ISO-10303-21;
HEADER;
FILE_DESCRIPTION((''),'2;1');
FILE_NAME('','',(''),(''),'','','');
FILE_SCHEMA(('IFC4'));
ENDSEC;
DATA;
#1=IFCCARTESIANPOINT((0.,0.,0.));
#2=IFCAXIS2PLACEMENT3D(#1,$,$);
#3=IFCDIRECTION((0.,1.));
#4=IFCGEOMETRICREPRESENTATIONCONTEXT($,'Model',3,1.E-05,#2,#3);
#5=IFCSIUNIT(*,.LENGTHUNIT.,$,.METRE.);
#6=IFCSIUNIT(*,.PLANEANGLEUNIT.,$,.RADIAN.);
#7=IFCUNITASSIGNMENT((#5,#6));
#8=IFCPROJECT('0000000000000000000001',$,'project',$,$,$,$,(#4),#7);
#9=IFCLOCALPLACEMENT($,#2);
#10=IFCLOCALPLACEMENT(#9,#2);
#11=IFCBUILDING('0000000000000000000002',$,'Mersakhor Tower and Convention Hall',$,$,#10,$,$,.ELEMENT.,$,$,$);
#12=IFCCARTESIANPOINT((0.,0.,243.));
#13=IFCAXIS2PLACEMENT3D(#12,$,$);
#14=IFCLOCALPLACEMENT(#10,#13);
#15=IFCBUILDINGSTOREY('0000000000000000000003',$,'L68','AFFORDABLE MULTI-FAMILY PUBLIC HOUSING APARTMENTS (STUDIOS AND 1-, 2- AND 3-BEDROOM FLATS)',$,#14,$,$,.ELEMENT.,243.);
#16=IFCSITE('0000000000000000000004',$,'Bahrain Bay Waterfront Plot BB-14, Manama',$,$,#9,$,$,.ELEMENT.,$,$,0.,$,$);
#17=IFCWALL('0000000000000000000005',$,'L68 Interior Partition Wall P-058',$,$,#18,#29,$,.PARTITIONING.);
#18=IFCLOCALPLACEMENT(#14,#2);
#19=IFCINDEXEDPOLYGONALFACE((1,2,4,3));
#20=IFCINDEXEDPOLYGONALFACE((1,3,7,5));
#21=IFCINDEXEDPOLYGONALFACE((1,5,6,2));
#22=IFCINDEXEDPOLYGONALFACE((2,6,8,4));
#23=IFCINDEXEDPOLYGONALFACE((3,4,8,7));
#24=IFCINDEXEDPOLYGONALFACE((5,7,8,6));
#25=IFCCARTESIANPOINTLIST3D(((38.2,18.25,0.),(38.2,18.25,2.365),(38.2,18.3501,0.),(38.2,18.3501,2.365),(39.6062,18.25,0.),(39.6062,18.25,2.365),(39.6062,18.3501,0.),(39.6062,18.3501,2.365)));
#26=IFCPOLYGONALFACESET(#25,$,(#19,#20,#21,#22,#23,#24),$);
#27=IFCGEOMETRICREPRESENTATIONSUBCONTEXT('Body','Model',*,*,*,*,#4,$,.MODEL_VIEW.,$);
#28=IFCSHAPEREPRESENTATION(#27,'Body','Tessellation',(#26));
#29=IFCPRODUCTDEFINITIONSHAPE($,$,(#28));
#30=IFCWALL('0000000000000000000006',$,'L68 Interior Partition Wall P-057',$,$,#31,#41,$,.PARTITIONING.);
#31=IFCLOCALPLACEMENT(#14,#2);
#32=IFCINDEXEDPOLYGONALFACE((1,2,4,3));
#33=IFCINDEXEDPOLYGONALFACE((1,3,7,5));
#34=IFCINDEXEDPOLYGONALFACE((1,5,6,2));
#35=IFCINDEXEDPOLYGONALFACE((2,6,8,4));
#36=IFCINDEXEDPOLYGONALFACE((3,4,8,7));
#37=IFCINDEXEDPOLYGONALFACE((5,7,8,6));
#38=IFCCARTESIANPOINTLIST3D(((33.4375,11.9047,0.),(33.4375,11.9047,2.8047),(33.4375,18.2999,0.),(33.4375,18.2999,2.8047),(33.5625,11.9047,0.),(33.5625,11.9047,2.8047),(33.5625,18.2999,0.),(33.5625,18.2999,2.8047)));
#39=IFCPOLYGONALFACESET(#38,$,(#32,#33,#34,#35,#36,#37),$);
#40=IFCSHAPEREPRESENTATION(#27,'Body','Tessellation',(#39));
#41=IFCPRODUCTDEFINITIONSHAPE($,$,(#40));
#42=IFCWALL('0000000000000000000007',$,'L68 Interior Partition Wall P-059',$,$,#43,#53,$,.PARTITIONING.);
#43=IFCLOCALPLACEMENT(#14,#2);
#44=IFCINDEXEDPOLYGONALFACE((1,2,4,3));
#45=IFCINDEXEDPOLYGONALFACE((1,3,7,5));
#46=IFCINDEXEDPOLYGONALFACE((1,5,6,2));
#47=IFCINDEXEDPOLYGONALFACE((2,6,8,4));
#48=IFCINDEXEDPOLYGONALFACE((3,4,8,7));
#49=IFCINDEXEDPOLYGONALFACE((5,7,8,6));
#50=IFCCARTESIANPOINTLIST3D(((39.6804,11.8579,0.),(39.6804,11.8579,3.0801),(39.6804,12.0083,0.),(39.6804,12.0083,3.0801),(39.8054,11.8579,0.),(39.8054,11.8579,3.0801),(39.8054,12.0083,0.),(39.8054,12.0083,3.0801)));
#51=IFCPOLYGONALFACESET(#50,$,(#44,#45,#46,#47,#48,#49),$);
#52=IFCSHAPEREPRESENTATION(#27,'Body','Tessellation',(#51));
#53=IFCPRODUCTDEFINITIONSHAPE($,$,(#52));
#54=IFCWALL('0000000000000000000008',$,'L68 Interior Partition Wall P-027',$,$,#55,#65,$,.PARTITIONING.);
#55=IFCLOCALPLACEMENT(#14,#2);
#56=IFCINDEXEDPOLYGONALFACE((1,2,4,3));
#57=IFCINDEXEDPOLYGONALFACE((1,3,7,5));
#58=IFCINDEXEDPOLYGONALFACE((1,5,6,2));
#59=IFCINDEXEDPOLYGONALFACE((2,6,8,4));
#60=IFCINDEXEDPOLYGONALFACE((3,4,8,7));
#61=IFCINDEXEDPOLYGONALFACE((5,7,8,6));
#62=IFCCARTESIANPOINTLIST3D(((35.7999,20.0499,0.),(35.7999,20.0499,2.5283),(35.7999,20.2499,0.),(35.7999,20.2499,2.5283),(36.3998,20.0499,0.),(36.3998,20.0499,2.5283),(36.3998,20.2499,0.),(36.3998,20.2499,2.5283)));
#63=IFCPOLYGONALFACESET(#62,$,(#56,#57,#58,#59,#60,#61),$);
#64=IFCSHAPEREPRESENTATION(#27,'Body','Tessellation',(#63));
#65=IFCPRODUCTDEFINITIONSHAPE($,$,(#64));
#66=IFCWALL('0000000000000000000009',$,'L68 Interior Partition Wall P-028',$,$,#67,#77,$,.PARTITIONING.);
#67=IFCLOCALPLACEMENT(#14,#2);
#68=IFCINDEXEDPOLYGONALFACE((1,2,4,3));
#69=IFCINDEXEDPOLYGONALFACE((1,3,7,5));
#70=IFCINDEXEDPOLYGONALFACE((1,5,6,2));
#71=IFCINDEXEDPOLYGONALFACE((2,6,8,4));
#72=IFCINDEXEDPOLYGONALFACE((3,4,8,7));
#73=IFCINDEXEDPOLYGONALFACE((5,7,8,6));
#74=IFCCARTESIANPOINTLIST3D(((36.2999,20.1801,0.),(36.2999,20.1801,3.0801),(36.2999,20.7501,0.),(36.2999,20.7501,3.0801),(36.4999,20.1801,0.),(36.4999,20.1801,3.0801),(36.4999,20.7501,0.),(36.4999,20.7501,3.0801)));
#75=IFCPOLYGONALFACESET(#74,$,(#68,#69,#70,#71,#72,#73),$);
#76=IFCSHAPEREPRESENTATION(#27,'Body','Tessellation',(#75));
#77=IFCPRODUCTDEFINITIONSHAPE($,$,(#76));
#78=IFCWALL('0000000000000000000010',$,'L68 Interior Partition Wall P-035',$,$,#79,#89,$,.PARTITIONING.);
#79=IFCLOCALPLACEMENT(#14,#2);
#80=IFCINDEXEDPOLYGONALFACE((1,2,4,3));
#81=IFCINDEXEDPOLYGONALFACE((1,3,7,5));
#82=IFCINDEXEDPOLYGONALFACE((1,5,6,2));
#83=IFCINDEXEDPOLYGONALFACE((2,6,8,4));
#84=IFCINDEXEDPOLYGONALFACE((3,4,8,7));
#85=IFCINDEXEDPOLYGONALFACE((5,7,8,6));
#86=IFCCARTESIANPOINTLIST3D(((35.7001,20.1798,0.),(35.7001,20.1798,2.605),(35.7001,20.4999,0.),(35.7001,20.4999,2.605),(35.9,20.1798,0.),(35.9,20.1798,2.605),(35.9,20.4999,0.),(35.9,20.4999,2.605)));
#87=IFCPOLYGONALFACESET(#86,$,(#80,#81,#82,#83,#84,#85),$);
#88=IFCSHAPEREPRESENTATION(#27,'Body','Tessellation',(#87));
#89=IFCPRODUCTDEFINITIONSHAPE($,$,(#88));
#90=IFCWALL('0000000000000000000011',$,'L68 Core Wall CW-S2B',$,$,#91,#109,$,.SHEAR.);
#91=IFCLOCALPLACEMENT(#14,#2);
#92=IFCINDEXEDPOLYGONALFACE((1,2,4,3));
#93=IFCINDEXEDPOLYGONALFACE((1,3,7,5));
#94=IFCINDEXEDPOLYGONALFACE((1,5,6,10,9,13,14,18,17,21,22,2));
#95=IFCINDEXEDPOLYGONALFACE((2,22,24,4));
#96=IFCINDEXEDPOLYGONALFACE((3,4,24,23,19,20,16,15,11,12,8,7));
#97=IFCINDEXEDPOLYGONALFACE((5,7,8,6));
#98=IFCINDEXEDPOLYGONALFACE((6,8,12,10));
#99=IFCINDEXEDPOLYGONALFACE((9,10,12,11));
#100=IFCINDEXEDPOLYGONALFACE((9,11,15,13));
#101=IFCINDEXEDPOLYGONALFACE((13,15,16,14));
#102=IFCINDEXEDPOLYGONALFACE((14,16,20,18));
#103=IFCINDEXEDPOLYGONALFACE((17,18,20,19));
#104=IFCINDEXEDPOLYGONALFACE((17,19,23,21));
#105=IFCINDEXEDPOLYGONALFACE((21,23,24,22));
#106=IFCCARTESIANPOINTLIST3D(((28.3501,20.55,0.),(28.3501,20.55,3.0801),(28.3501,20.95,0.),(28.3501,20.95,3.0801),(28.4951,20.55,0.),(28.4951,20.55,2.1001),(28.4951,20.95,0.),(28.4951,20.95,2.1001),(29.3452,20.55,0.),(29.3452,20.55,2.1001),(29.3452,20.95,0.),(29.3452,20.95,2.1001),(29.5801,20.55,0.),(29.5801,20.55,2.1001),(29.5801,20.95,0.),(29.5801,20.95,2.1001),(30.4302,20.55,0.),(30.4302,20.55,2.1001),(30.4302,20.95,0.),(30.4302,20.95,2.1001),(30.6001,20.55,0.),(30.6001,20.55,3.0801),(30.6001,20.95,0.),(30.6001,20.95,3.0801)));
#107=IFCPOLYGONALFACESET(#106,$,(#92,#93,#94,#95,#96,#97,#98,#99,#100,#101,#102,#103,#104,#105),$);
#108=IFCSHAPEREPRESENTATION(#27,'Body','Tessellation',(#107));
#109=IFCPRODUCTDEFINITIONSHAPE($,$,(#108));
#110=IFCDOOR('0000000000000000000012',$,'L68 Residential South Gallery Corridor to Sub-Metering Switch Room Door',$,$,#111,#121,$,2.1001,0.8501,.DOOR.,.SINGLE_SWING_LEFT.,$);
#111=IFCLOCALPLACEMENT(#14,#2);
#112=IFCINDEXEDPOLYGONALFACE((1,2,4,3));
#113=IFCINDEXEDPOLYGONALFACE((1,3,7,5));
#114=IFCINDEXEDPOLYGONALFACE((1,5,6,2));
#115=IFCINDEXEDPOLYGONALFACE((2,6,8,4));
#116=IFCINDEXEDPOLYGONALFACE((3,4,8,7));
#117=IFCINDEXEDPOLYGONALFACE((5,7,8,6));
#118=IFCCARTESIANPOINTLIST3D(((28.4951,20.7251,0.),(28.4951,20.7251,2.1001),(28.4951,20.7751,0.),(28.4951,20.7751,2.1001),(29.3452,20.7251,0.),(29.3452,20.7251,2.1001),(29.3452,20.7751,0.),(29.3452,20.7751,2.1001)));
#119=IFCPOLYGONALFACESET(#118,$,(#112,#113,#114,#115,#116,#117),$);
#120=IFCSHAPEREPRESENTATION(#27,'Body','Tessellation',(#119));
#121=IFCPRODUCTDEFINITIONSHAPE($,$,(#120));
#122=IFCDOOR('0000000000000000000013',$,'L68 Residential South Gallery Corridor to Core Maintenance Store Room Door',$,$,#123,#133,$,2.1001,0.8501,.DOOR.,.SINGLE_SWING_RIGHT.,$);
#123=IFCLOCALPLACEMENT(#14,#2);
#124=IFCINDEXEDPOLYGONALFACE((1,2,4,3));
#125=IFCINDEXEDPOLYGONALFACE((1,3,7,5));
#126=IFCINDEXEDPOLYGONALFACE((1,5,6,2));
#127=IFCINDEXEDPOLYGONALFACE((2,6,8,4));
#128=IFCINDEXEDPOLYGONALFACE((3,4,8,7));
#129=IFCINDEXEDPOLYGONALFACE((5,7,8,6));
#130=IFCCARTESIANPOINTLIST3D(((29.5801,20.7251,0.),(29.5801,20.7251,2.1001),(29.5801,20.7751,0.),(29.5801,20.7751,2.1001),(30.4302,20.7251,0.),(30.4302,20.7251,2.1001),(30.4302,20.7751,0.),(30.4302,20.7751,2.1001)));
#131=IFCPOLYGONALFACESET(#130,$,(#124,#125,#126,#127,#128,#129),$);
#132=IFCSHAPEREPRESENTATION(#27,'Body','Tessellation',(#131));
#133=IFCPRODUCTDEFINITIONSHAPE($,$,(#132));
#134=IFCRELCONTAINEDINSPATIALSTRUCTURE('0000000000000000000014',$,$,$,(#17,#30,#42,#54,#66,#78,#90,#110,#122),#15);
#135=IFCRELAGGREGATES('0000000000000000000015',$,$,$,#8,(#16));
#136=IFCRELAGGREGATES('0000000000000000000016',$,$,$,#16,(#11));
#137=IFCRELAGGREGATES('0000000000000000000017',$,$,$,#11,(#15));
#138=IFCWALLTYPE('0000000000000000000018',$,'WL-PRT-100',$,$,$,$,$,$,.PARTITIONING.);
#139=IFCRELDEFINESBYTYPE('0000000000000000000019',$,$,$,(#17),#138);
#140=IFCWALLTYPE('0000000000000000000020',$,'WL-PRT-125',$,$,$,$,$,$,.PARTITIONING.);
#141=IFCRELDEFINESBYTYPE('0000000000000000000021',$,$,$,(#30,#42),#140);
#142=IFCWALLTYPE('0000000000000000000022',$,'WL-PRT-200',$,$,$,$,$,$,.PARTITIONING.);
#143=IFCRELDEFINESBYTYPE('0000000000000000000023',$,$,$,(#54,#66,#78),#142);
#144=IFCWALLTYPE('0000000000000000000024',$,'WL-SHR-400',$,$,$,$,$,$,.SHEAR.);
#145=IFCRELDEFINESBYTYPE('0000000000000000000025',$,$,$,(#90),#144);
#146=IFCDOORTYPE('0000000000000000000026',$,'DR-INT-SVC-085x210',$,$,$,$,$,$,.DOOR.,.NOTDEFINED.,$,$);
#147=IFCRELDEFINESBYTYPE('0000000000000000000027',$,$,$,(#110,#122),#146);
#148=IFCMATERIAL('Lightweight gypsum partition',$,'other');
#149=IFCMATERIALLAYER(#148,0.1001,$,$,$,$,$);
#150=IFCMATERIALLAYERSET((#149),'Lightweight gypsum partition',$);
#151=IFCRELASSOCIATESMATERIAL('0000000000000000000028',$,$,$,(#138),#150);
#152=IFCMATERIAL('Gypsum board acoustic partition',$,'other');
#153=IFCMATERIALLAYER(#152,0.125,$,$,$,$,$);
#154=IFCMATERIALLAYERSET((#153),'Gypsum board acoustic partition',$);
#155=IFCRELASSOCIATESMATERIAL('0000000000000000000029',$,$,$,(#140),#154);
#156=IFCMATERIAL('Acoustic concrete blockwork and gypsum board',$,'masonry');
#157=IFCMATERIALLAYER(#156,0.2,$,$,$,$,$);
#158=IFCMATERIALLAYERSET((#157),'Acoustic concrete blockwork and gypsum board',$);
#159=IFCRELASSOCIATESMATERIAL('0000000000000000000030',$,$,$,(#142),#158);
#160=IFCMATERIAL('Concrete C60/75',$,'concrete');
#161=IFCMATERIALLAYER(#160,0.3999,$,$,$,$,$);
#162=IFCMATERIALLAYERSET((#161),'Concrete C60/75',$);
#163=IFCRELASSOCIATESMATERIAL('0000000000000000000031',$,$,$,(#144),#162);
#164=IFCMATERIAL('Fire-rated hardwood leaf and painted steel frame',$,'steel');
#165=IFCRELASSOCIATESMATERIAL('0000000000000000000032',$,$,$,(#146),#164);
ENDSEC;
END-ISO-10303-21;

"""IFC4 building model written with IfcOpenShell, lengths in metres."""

from ifc_helpers import new_model, si_unit, direction, frame, frame_2d, origin, place, context, subcontext, project, spatial, rectangle, extrude, material, layer, layer_set, type_object, element, fill, save


model = new_model("IFC4")

# Units and contexts
model_context = context("Model", 3, precision=1e-05, world=origin(), true_north=direction((0.0, 1.0)))
body_context = subcontext(model_context, "Body", "Model", "MODEL_VIEW")
ifc_project = project(units=[si_unit("LENGTHUNIT", "METRE"), si_unit("PLANEANGLEUNIT", "RADIAN")], contexts=[model_context])

# Site, building, storey
site_placement = place(None, origin())
site = spatial("IfcSite", under=ifc_project, at=site_placement, Name="Bahrain Bay Waterfront Plot BB-14, Manama", CompositionType="ELEMENT", RefElevation=0.0)
building_placement = place(site_placement, origin())
building = spatial("IfcBuilding", under=site, at=building_placement, Name="Mersakhor Tower and Convention Hall", CompositionType="ELEMENT")
storey_placement = place(building_placement, frame((0.0, 0.0, 243.0)))
storey = spatial("IfcBuildingStorey", under=building, at=storey_placement, Name="L68", Description="AFFORDABLE MULTI-FAMILY PUBLIC HOUSING APARTMENTS (STUDIOS AND 1-, 2- AND 3-BEDROOM FLATS)", CompositionType="ELEMENT", Elevation=243.0)

# Walls
ifc_material_1 = material(Name="Lightweight gypsum partition", Category="other")
ifc_layer_1 = layer(ifc_material_1, 0.1001)
ifc_layer_set_1 = layer_set([ifc_layer_1], Name="Lightweight gypsum partition")
wall_type_1 = type_object("IfcWallType", Name="WL-PRT-100", PredefinedType="PARTITIONING", material=ifc_layer_set_1)
wall_1_placement = place(storey_placement, frame((38.2, 18.3, 0.0), z_axis=(0.0, 0.0, 1.0), x_axis=(1.0, 0.0, 0.0)))
element("IfcWall", 1, at=wall_1_placement, inside=storey, type_object=wall_type_1, Name="L68 Interior Partition Wall P-058", PredefinedType="PARTITIONING", context=body_context, shape_type="SweptSolid", body=[
    extrude(rectangle(XDim=1.4062, YDim=0.1001, at=frame_2d((0.7031, 0.0))), origin(), (0.0, 0.0, 1.0), 2.365),
])
ifc_material_2 = material(Name="Gypsum board acoustic partition", Category="other")
ifc_layer_2 = layer(ifc_material_2, 0.125)
ifc_layer_set_2 = layer_set([ifc_layer_2], Name="Gypsum board acoustic partition")
wall_type_2 = type_object("IfcWallType", Name="WL-PRT-125", PredefinedType="PARTITIONING", material=ifc_layer_set_2)
wall_2_placement = place(storey_placement, frame((33.5, 18.3, 0.0), z_axis=(0.0, 0.0, 1.0), x_axis=(0.0, -1.0, 0.0)))
element("IfcWall", 2, at=wall_2_placement, inside=storey, type_object=wall_type_2, Name="L68 Interior Partition Wall P-057", PredefinedType="PARTITIONING", context=body_context, shape_type="SweptSolid", body=[
    extrude(rectangle(XDim=6.3953, YDim=0.125, at=frame_2d((3.1978, 0.0))), origin(), (0.0, 0.0, 1.0), 2.8047),
])
wall_3_placement = place(storey_placement, frame((39.7429, 12.0083, 0.0), z_axis=(0.0, 0.0, 1.0), x_axis=(0.0, -1.0, 0.0)))
element("IfcWall", 3, at=wall_3_placement, inside=storey, type_object=wall_type_2, Name="L68 Interior Partition Wall P-059", PredefinedType="PARTITIONING", context=body_context, shape_type="SweptSolid", body=[
    extrude(rectangle(XDim=0.1504, YDim=0.125, at=frame_2d((0.0752, 0.0))), origin(), (0.0, 0.0, 1.0), 3.0801),
])
ifc_material_3 = material(Name="Acoustic concrete blockwork and gypsum board", Category="masonry")
ifc_layer_3 = layer(ifc_material_3, 0.2)
ifc_layer_set_3 = layer_set([ifc_layer_3], Name="Acoustic concrete blockwork and gypsum board")
wall_type_3 = type_object("IfcWallType", Name="WL-PRT-200", PredefinedType="PARTITIONING", material=ifc_layer_set_3)
wall_4_placement = place(storey_placement, frame((35.8, 20.1499, 0.0), z_axis=(0.0, 0.0, 1.0), x_axis=(1.0, 0.0, 0.0)))
element("IfcWall", 4, at=wall_4_placement, inside=storey, type_object=wall_type_3, Name="L68 Interior Partition Wall P-027", PredefinedType="PARTITIONING", context=body_context, shape_type="SweptSolid", body=[
    extrude(rectangle(XDim=0.5999, YDim=0.2, at=frame_2d((0.2998, 0.0))), origin(), (0.0, 0.0, 1.0), 2.5283),
])
wall_5_placement = place(storey_placement, frame((36.3999, 20.1799, 0.0), z_axis=(0.0, 0.0, 1.0), x_axis=(0.0, 1.0, 0.0)))
element("IfcWall", 5, at=wall_5_placement, inside=storey, type_object=wall_type_3, Name="L68 Interior Partition Wall P-028", PredefinedType="PARTITIONING", context=body_context, shape_type="SweptSolid", body=[
    extrude(rectangle(XDim=0.5701, YDim=0.2, at=frame_2d((0.2852, 0.0))), origin(), (0.0, 0.0, 1.0), 3.0801),
])

# Wall
wall_6_placement = place(storey_placement, frame((35.8, 20.5, 0.0), z_axis=(0.0, 0.0, 1.0), x_axis=(0.0, -1.0, 0.0)))
element("IfcWall", 6, at=wall_6_placement, inside=storey, type_object=wall_type_3, Name="L68 Interior Partition Wall P-035", PredefinedType="PARTITIONING", context=body_context, shape_type="SweptSolid", body=[
    extrude(rectangle(XDim=0.3201, YDim=0.2, at=frame_2d((0.1602, 0.0))), origin(), (0.0, 0.0, 1.0), 2.605),
])

# Wall, openings, doors
ifc_material_4 = material(Name="Concrete C60/75", Category="concrete")
ifc_layer_4 = layer(ifc_material_4, 0.3999)
ifc_layer_set_4 = layer_set([ifc_layer_4], Name="Concrete C60/75")
wall_type_4 = type_object("IfcWallType", Name="WL-SHR-400", PredefinedType="SHEAR", material=ifc_layer_set_4)
wall_7_placement = place(storey_placement, frame((30.6001, 20.75, 0.0), z_axis=(0.0, 0.0, 1.0), x_axis=(-1.0, 0.0, 0.0)))
wall_7 = element("IfcWall", 7, at=wall_7_placement, inside=storey, type_object=wall_type_4, Name="L68 Core Wall CW-S2B", PredefinedType="SHEAR", context=body_context, shape_type="SweptSolid", body=[
    extrude(rectangle(XDim=2.25, YDim=0.3999, at=frame_2d((1.125, 0.0))), origin(), (0.0, 0.0, 1.0), 3.0801),
])
opening_1_placement = place(wall_7_placement, frame((1.2549, 0.0, 0.0)))
opening_1 = element("IfcOpeningElement", 8, at=opening_1_placement, cuts=wall_7, PredefinedType="OPENING", context=body_context, shape_type="SweptSolid", body=[
    extrude(rectangle(XDim=0.8501, YDim=2.1001, at=frame_2d((0.425, 1.05))), frame((0.0, 0.21, 0.0), z_axis=(0.0, -1.0, 0.0), x_axis=(1.0, 0.0, 0.0)), (0.0, 0.0, 1.0), 0.4199),
])
opening_2_placement = place(wall_7_placement, frame((0.1699, 0.0, 0.0)))
opening_2 = element("IfcOpeningElement", 9, at=opening_2_placement, cuts=wall_7, PredefinedType="OPENING", context=body_context, shape_type="SweptSolid", body=[
    extrude(rectangle(XDim=0.8501, YDim=2.1001, at=frame_2d((0.425, 1.05))), frame((0.0, 0.21, 0.0), z_axis=(0.0, -1.0, 0.0), x_axis=(1.0, 0.0, 0.0)), (0.0, 0.0, 1.0), 0.4199),
])
ifc_material_5 = material(Name="Fire-rated hardwood leaf and painted steel frame", Category="steel")
door_type_1 = type_object("IfcDoorType", Name="DR-INT-SVC-085x210", OperationType="NOTDEFINED", PredefinedType="DOOR", material=ifc_material_5)
door_1_placement = place(opening_1_placement, origin())
door_1 = element("IfcDoor", 10, at=door_1_placement, inside=storey, type_object=door_type_1, Name="L68 Residential South Gallery Corridor to Sub-Metering Switch Room Door", OperationType="SINGLE_SWING_LEFT", OverallHeight=2.1001, OverallWidth=0.8501, PredefinedType="DOOR", context=body_context, shape_type="SweptSolid", body=[
    extrude(rectangle(XDim=0.8501, YDim=2.1001, at=frame_2d((0.425, 1.05))), frame((0.0, 0.0249, 0.0), z_axis=(0.0, -1.0, 0.0), x_axis=(1.0, 0.0, 0.0)), (0.0, 0.0, 1.0), 0.05),
])
fill(opening_1, door_1)
door_2_placement = place(opening_2_placement, origin())
door_2 = element("IfcDoor", 11, at=door_2_placement, inside=storey, type_object=door_type_1, Name="L68 Residential South Gallery Corridor to Core Maintenance Store Room Door", OperationType="SINGLE_SWING_RIGHT", OverallHeight=2.1001, OverallWidth=0.8501, PredefinedType="DOOR", context=body_context, shape_type="SweptSolid", body=[
    extrude(rectangle(XDim=0.8501, YDim=2.1001, at=frame_2d((0.425, 1.05))), frame((0.0, 0.0249, 0.0), z_axis=(0.0, -1.0, 0.0), x_axis=(1.0, 0.0, 0.0)), (0.0, 0.0, 1.0), 0.05),
])
fill(opening_2, door_2)

save(model, "model.ifc")
